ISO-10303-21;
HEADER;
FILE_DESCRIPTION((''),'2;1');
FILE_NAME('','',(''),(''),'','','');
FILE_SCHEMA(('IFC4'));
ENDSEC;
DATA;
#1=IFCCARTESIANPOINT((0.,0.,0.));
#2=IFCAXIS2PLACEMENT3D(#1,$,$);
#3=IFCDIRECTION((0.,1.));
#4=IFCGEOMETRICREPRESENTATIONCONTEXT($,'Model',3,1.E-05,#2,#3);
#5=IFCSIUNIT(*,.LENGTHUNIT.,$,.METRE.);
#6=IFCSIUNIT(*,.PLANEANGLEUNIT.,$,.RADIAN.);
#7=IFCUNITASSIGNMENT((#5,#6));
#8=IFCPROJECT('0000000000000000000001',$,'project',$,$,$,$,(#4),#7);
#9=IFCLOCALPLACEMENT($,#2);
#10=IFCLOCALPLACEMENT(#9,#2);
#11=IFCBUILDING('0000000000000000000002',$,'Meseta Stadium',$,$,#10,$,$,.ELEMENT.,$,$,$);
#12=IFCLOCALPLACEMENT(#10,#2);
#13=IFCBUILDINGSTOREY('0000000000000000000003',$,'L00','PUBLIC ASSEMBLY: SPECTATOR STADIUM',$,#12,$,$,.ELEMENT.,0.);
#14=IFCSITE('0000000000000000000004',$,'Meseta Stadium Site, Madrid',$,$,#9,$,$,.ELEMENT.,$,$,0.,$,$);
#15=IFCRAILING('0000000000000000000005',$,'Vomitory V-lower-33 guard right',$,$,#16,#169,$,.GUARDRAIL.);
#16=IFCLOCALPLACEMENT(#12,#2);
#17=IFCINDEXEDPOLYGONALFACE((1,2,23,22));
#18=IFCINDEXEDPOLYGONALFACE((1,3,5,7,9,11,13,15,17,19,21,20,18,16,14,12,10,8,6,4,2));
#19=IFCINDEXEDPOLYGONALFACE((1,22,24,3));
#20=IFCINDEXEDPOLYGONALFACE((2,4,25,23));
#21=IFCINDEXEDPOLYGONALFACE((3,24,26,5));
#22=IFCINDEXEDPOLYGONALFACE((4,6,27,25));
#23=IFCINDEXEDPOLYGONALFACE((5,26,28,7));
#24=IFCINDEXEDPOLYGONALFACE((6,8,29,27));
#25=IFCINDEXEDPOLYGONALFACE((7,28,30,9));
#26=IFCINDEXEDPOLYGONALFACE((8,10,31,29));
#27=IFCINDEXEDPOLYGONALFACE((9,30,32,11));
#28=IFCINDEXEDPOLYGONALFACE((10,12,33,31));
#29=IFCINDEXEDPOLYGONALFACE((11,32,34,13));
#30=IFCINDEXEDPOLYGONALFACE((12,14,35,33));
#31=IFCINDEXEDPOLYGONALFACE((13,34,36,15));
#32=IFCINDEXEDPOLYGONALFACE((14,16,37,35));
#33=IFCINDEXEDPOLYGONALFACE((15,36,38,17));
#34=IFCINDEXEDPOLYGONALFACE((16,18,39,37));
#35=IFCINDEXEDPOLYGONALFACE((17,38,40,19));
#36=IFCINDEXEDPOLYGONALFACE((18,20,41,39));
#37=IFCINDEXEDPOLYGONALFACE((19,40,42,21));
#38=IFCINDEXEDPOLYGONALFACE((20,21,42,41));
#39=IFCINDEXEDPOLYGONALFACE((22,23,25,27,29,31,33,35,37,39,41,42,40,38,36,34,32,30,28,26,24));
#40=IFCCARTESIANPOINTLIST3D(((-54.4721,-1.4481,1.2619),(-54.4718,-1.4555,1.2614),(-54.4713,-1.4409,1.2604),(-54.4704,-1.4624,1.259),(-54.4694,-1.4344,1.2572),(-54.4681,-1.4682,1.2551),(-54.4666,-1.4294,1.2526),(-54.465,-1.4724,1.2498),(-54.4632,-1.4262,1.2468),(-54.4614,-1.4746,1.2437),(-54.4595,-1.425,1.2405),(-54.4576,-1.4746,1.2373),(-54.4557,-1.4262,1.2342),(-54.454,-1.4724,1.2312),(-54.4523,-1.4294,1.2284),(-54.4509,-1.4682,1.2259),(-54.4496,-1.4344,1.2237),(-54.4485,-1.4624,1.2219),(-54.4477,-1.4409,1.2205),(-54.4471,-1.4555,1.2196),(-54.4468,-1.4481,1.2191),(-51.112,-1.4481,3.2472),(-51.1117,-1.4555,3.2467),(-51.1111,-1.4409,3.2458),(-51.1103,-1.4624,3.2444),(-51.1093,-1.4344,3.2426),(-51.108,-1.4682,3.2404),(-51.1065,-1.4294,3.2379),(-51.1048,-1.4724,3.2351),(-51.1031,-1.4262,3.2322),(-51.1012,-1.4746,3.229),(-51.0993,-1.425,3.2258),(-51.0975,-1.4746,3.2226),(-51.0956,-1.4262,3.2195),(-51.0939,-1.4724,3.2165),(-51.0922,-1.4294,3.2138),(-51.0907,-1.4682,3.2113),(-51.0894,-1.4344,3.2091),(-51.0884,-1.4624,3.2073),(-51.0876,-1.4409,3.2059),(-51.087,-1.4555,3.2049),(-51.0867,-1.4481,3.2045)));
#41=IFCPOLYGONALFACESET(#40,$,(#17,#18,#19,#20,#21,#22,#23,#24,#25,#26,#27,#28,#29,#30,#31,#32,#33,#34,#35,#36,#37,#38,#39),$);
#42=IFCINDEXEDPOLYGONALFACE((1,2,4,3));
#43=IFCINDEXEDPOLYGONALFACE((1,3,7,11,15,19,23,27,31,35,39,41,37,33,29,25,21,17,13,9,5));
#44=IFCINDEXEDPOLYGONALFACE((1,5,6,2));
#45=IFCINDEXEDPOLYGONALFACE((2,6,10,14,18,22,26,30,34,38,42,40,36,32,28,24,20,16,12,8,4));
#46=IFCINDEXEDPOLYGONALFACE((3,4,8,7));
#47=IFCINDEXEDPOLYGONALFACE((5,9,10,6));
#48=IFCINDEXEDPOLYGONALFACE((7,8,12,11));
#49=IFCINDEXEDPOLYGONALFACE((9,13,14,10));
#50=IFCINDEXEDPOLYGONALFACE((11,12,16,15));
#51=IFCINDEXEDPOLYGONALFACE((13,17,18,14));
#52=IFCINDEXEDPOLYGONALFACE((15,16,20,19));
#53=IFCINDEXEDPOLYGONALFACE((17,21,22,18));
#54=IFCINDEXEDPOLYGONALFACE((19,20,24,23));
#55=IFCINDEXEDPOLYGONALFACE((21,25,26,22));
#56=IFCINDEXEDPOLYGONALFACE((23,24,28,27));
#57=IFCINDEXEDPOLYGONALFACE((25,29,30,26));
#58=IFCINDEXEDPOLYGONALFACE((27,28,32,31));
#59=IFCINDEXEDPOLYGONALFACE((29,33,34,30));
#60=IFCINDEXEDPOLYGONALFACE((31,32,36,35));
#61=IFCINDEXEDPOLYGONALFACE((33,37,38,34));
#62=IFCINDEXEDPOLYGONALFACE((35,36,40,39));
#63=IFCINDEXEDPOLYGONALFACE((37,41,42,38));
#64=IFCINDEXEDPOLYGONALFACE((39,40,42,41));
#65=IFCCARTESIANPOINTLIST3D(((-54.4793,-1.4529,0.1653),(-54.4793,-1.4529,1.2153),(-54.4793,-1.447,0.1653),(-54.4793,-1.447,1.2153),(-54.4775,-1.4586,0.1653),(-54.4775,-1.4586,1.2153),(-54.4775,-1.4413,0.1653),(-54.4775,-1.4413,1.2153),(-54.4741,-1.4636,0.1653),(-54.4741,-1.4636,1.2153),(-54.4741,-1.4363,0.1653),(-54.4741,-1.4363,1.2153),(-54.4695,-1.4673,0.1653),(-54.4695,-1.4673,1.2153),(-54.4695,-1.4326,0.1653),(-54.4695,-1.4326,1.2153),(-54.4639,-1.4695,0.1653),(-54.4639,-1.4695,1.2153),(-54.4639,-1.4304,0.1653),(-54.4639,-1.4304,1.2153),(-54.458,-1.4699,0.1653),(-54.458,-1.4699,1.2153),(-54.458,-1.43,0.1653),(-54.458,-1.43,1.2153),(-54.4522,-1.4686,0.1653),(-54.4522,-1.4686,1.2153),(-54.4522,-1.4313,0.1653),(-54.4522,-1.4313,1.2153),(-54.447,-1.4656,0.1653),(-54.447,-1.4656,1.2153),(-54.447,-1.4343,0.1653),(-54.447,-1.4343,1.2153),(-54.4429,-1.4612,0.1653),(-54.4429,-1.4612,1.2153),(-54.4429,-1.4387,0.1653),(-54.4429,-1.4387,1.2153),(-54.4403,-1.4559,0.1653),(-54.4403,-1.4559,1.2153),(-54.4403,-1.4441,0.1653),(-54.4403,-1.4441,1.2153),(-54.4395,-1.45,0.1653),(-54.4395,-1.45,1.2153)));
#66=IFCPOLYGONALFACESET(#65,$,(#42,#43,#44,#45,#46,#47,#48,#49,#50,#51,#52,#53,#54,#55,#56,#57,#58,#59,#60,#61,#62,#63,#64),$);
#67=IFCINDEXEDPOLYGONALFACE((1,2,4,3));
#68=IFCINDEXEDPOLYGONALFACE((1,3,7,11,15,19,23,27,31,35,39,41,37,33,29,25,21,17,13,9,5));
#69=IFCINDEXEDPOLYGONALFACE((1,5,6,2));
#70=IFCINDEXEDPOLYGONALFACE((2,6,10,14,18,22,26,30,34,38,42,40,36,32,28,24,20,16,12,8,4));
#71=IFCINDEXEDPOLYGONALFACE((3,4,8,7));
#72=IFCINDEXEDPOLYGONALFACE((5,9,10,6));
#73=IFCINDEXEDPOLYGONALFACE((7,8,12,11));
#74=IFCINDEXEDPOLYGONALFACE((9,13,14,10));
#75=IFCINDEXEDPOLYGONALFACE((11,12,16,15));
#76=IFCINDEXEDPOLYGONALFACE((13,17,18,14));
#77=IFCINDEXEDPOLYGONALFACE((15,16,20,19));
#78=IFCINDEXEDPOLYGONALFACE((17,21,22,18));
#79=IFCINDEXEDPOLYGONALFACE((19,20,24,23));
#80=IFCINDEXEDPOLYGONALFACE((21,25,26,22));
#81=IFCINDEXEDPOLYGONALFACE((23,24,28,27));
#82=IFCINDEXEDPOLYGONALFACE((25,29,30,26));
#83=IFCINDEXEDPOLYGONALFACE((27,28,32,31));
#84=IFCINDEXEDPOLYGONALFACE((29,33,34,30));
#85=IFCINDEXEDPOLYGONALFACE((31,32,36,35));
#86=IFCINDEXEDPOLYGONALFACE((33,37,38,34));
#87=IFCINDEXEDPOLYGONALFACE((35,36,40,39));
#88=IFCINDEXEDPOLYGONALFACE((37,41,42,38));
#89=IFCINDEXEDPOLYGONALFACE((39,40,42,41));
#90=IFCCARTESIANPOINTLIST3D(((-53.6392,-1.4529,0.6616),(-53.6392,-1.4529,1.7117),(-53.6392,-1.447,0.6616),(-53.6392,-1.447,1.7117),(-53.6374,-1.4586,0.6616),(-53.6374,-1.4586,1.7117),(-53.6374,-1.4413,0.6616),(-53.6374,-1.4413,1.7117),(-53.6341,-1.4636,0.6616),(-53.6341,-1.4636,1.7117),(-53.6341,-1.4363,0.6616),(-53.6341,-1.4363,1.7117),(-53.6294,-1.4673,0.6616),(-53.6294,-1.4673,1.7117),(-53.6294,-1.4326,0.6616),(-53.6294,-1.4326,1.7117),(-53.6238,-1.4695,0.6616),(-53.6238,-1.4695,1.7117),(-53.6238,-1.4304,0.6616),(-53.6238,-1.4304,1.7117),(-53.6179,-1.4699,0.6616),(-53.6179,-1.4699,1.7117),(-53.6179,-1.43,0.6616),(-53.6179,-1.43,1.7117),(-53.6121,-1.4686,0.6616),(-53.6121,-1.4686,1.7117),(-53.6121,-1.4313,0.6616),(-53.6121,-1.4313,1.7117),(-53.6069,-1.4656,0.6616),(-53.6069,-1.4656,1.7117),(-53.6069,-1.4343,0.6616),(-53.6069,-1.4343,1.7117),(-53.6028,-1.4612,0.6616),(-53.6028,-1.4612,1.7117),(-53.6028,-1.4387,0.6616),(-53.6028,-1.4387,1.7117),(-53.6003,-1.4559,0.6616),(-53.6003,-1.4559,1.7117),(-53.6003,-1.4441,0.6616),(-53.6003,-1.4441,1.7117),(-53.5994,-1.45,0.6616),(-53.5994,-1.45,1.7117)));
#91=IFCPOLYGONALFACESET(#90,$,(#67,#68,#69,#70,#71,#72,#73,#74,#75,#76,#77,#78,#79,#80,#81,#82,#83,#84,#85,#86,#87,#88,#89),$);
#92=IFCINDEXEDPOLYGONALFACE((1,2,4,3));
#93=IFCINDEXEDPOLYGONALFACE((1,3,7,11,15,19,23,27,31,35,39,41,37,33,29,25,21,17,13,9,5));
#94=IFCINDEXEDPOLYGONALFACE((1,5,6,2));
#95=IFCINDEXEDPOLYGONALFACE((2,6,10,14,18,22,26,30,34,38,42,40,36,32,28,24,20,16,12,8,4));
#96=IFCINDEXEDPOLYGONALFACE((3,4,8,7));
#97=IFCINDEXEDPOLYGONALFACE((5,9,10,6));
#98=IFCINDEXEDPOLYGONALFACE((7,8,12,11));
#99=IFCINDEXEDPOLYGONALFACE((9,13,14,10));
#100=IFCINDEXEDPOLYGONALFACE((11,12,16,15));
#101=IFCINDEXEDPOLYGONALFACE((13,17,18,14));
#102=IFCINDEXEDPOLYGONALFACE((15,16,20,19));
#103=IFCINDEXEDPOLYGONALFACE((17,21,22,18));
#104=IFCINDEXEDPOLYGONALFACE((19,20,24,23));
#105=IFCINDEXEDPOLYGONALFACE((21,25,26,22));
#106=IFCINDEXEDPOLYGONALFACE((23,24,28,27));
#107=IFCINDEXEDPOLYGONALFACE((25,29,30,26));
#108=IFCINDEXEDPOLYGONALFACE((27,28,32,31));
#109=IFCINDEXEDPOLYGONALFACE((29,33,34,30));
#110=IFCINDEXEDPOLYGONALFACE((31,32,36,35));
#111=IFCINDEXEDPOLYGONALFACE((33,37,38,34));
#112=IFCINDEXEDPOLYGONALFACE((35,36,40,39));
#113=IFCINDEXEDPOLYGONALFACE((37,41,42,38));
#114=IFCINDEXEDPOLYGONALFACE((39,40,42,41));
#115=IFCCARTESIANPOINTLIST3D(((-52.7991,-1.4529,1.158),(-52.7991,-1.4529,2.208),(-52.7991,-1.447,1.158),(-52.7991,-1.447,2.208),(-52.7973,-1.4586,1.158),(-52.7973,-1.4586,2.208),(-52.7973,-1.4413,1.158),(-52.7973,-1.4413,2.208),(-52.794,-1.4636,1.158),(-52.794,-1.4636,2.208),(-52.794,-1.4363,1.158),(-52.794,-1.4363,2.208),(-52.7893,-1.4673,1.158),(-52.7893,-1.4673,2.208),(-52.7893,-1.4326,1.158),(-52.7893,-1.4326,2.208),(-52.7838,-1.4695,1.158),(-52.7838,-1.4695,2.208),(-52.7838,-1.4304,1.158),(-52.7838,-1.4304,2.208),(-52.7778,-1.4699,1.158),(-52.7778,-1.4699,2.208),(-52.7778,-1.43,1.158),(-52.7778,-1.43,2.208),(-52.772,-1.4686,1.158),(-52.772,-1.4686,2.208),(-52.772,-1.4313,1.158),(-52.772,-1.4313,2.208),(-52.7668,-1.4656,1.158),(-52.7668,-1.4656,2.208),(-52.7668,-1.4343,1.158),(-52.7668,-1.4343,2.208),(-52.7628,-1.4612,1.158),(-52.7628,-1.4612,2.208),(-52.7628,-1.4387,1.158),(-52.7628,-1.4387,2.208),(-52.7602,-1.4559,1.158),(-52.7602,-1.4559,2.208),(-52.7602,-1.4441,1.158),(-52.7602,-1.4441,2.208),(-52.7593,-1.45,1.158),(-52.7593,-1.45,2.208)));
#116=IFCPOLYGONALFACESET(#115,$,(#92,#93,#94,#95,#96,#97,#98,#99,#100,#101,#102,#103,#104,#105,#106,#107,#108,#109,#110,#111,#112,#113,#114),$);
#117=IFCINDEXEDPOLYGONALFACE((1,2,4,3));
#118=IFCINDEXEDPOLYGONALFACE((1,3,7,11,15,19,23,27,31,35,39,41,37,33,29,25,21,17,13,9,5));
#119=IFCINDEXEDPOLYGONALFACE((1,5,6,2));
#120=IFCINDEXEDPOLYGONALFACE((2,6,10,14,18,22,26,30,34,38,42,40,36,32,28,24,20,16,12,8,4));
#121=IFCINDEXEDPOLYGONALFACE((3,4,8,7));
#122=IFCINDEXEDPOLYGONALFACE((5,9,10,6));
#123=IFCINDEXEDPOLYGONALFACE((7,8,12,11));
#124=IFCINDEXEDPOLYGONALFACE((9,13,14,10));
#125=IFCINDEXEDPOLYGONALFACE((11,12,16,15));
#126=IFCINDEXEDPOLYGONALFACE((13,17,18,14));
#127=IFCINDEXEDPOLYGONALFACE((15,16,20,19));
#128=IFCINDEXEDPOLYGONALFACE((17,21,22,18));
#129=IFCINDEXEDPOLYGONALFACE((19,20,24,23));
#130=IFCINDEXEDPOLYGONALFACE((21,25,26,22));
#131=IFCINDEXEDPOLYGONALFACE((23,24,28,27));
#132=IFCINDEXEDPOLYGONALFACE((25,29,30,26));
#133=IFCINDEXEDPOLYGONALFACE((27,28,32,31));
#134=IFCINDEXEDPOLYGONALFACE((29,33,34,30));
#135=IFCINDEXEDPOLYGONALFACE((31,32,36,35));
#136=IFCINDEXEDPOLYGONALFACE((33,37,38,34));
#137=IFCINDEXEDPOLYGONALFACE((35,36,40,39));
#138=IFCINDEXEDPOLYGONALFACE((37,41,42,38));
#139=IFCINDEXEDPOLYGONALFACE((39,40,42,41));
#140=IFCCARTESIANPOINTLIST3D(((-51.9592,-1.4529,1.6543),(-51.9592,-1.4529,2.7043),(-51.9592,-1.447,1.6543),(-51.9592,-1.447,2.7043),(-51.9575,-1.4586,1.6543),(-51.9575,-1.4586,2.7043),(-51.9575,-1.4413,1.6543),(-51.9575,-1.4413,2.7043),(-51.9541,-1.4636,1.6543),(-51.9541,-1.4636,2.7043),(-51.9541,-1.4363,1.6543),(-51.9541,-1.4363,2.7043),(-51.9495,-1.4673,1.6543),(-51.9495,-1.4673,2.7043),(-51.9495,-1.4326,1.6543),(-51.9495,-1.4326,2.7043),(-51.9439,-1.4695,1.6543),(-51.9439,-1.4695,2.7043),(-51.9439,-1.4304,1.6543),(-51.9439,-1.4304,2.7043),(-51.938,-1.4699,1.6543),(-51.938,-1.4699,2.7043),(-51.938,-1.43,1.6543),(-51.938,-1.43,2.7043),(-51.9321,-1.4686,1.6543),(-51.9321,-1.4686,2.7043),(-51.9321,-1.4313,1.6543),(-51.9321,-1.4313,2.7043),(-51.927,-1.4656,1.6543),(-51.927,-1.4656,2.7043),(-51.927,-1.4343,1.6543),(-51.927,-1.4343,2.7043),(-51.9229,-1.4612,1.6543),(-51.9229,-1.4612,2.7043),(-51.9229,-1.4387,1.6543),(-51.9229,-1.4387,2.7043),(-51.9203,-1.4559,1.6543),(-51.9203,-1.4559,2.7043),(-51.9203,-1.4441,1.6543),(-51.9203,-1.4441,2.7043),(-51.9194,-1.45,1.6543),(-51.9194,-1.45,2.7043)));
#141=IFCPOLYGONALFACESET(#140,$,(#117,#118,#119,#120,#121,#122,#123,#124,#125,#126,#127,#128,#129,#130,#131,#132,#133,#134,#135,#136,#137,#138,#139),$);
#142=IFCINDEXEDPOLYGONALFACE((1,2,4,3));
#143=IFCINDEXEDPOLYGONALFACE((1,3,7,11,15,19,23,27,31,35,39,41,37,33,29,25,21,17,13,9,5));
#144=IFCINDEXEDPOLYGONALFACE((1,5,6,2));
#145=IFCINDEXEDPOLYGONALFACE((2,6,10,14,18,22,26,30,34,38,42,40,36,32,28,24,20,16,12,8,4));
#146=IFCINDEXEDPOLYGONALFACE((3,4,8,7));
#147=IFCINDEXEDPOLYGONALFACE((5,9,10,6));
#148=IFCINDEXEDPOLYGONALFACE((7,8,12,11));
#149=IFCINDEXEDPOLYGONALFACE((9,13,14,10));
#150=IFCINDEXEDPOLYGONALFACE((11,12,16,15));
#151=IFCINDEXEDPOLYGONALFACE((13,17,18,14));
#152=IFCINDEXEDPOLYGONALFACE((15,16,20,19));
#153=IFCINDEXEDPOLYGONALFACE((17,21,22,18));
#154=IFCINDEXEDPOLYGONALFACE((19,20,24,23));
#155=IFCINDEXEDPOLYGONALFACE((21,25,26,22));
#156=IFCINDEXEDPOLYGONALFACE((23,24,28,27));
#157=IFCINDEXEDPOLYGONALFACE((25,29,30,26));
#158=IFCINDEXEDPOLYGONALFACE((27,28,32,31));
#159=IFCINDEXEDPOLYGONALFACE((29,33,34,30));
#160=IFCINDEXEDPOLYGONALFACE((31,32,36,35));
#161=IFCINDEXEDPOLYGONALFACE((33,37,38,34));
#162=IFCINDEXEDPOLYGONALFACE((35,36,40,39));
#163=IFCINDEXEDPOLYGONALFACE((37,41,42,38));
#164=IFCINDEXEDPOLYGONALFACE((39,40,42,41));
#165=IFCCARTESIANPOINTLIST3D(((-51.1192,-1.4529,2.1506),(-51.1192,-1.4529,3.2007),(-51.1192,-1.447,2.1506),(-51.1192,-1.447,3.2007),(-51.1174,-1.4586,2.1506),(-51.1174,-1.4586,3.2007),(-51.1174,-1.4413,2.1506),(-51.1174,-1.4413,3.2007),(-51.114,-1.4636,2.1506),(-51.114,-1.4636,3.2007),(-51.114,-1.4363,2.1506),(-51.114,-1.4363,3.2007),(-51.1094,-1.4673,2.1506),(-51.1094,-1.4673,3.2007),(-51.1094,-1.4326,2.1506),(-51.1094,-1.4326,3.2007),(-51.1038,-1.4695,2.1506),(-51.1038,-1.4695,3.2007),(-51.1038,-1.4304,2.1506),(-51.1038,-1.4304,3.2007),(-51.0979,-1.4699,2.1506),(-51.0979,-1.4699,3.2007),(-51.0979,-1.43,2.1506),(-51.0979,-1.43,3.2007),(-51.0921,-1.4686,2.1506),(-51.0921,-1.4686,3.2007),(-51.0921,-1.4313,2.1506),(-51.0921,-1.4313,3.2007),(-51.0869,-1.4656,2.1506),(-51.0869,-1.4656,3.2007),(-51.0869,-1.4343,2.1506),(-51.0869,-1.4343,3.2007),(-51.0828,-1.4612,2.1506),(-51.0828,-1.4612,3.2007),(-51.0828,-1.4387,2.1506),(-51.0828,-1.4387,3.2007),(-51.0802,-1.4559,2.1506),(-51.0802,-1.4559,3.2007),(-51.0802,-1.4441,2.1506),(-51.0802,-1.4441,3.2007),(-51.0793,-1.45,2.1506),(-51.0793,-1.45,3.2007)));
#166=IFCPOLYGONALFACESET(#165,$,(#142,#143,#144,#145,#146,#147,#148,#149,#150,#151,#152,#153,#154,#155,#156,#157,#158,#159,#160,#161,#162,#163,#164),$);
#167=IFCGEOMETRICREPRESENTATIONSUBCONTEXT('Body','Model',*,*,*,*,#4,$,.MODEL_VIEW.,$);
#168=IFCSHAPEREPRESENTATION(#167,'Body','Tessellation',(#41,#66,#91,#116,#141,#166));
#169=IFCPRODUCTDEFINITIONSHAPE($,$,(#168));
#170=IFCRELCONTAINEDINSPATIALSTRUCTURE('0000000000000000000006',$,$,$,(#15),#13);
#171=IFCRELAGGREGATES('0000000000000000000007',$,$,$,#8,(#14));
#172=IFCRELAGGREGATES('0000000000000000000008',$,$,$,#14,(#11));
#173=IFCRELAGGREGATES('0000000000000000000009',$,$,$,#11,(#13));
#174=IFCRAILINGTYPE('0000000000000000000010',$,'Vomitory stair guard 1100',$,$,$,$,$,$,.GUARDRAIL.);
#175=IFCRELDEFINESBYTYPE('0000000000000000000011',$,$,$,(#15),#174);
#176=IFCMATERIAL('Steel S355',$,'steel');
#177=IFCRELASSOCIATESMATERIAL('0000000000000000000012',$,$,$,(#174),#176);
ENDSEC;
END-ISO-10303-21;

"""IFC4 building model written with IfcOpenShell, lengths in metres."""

from ifc_helpers import new_model, si_unit, direction, frame, origin, origin_2d, place, context, subcontext, project, spatial, circle, extrude, material, type_object, element, save


model = new_model("IFC4")

# Units and contexts
model_context = context("Model", 3, precision=1e-05, world=origin(), true_north=direction((0.0, 1.0)))
body_context = subcontext(model_context, "Body", "Model", "MODEL_VIEW")
ifc_project = project(units=[si_unit("LENGTHUNIT", "METRE"), si_unit("PLANEANGLEUNIT", "RADIAN")], contexts=[model_context])

# Site, building, storey
site_placement = place(None, origin())
site = spatial("IfcSite", under=ifc_project, at=site_placement, Name="Meseta Stadium Site, Madrid", CompositionType="ELEMENT", RefElevation=0.0)
building_placement = place(site_placement, origin())
building = spatial("IfcBuilding", under=site, at=building_placement, Name="Meseta Stadium", CompositionType="ELEMENT")
storey_placement = place(building_placement, origin())
storey = spatial("IfcBuildingStorey", under=building, at=storey_placement, Name="L00", Description="PUBLIC ASSEMBLY: SPECTATOR STADIUM", CompositionType="ELEMENT", Elevation=0.0)

# Railing
ifc_material_1 = material(Name="Steel S355", Category="steel")
railing_type_1 = type_object("IfcRailingType", Name="Vomitory stair guard 1100", PredefinedType="GUARDRAIL", material=ifc_material_1)
railing_1_placement = place(storey_placement, frame((-54.4595, -1.45, 0.1653)))
element("IfcRailing", 1, at=railing_1_placement, inside=storey, type_object=railing_type_1, Name="Vomitory V-lower-33 guard right", PredefinedType="GUARDRAIL", context=body_context, shape_type="SweptSolid", body=[
    extrude(circle(Radius=0.0249, at=origin_2d()), frame((0.0, 0.0, 1.0752), z_axis=(0.860945, 0.0, 0.508698), x_axis=(0.0, 1.0, 0.0)), (0.0, 0.0, 1.0), 3.9028),
    extrude(circle(Radius=0.02, at=origin_2d()), origin(), (0.0, 0.0, 1.0), 1.05),
    extrude(circle(Radius=0.02, at=origin_2d()), frame((0.8401, 0.0, 0.4963)), (0.0, 0.0, 1.0), 1.05),
    extrude(circle(Radius=0.02, at=origin_2d()), frame((1.6802, 0.0, 0.9927)), (0.0, 0.0, 1.0), 1.05),
    extrude(circle(Radius=0.02, at=origin_2d()), frame((2.52, 0.0, 1.489)), (0.0, 0.0, 1.0), 1.05),
    extrude(circle(Radius=0.02, at=origin_2d()), frame((3.3601, 0.0, 1.9854)), (0.0, 0.0, 1.0), 1.05),
])

save(model, "model.ifc")
